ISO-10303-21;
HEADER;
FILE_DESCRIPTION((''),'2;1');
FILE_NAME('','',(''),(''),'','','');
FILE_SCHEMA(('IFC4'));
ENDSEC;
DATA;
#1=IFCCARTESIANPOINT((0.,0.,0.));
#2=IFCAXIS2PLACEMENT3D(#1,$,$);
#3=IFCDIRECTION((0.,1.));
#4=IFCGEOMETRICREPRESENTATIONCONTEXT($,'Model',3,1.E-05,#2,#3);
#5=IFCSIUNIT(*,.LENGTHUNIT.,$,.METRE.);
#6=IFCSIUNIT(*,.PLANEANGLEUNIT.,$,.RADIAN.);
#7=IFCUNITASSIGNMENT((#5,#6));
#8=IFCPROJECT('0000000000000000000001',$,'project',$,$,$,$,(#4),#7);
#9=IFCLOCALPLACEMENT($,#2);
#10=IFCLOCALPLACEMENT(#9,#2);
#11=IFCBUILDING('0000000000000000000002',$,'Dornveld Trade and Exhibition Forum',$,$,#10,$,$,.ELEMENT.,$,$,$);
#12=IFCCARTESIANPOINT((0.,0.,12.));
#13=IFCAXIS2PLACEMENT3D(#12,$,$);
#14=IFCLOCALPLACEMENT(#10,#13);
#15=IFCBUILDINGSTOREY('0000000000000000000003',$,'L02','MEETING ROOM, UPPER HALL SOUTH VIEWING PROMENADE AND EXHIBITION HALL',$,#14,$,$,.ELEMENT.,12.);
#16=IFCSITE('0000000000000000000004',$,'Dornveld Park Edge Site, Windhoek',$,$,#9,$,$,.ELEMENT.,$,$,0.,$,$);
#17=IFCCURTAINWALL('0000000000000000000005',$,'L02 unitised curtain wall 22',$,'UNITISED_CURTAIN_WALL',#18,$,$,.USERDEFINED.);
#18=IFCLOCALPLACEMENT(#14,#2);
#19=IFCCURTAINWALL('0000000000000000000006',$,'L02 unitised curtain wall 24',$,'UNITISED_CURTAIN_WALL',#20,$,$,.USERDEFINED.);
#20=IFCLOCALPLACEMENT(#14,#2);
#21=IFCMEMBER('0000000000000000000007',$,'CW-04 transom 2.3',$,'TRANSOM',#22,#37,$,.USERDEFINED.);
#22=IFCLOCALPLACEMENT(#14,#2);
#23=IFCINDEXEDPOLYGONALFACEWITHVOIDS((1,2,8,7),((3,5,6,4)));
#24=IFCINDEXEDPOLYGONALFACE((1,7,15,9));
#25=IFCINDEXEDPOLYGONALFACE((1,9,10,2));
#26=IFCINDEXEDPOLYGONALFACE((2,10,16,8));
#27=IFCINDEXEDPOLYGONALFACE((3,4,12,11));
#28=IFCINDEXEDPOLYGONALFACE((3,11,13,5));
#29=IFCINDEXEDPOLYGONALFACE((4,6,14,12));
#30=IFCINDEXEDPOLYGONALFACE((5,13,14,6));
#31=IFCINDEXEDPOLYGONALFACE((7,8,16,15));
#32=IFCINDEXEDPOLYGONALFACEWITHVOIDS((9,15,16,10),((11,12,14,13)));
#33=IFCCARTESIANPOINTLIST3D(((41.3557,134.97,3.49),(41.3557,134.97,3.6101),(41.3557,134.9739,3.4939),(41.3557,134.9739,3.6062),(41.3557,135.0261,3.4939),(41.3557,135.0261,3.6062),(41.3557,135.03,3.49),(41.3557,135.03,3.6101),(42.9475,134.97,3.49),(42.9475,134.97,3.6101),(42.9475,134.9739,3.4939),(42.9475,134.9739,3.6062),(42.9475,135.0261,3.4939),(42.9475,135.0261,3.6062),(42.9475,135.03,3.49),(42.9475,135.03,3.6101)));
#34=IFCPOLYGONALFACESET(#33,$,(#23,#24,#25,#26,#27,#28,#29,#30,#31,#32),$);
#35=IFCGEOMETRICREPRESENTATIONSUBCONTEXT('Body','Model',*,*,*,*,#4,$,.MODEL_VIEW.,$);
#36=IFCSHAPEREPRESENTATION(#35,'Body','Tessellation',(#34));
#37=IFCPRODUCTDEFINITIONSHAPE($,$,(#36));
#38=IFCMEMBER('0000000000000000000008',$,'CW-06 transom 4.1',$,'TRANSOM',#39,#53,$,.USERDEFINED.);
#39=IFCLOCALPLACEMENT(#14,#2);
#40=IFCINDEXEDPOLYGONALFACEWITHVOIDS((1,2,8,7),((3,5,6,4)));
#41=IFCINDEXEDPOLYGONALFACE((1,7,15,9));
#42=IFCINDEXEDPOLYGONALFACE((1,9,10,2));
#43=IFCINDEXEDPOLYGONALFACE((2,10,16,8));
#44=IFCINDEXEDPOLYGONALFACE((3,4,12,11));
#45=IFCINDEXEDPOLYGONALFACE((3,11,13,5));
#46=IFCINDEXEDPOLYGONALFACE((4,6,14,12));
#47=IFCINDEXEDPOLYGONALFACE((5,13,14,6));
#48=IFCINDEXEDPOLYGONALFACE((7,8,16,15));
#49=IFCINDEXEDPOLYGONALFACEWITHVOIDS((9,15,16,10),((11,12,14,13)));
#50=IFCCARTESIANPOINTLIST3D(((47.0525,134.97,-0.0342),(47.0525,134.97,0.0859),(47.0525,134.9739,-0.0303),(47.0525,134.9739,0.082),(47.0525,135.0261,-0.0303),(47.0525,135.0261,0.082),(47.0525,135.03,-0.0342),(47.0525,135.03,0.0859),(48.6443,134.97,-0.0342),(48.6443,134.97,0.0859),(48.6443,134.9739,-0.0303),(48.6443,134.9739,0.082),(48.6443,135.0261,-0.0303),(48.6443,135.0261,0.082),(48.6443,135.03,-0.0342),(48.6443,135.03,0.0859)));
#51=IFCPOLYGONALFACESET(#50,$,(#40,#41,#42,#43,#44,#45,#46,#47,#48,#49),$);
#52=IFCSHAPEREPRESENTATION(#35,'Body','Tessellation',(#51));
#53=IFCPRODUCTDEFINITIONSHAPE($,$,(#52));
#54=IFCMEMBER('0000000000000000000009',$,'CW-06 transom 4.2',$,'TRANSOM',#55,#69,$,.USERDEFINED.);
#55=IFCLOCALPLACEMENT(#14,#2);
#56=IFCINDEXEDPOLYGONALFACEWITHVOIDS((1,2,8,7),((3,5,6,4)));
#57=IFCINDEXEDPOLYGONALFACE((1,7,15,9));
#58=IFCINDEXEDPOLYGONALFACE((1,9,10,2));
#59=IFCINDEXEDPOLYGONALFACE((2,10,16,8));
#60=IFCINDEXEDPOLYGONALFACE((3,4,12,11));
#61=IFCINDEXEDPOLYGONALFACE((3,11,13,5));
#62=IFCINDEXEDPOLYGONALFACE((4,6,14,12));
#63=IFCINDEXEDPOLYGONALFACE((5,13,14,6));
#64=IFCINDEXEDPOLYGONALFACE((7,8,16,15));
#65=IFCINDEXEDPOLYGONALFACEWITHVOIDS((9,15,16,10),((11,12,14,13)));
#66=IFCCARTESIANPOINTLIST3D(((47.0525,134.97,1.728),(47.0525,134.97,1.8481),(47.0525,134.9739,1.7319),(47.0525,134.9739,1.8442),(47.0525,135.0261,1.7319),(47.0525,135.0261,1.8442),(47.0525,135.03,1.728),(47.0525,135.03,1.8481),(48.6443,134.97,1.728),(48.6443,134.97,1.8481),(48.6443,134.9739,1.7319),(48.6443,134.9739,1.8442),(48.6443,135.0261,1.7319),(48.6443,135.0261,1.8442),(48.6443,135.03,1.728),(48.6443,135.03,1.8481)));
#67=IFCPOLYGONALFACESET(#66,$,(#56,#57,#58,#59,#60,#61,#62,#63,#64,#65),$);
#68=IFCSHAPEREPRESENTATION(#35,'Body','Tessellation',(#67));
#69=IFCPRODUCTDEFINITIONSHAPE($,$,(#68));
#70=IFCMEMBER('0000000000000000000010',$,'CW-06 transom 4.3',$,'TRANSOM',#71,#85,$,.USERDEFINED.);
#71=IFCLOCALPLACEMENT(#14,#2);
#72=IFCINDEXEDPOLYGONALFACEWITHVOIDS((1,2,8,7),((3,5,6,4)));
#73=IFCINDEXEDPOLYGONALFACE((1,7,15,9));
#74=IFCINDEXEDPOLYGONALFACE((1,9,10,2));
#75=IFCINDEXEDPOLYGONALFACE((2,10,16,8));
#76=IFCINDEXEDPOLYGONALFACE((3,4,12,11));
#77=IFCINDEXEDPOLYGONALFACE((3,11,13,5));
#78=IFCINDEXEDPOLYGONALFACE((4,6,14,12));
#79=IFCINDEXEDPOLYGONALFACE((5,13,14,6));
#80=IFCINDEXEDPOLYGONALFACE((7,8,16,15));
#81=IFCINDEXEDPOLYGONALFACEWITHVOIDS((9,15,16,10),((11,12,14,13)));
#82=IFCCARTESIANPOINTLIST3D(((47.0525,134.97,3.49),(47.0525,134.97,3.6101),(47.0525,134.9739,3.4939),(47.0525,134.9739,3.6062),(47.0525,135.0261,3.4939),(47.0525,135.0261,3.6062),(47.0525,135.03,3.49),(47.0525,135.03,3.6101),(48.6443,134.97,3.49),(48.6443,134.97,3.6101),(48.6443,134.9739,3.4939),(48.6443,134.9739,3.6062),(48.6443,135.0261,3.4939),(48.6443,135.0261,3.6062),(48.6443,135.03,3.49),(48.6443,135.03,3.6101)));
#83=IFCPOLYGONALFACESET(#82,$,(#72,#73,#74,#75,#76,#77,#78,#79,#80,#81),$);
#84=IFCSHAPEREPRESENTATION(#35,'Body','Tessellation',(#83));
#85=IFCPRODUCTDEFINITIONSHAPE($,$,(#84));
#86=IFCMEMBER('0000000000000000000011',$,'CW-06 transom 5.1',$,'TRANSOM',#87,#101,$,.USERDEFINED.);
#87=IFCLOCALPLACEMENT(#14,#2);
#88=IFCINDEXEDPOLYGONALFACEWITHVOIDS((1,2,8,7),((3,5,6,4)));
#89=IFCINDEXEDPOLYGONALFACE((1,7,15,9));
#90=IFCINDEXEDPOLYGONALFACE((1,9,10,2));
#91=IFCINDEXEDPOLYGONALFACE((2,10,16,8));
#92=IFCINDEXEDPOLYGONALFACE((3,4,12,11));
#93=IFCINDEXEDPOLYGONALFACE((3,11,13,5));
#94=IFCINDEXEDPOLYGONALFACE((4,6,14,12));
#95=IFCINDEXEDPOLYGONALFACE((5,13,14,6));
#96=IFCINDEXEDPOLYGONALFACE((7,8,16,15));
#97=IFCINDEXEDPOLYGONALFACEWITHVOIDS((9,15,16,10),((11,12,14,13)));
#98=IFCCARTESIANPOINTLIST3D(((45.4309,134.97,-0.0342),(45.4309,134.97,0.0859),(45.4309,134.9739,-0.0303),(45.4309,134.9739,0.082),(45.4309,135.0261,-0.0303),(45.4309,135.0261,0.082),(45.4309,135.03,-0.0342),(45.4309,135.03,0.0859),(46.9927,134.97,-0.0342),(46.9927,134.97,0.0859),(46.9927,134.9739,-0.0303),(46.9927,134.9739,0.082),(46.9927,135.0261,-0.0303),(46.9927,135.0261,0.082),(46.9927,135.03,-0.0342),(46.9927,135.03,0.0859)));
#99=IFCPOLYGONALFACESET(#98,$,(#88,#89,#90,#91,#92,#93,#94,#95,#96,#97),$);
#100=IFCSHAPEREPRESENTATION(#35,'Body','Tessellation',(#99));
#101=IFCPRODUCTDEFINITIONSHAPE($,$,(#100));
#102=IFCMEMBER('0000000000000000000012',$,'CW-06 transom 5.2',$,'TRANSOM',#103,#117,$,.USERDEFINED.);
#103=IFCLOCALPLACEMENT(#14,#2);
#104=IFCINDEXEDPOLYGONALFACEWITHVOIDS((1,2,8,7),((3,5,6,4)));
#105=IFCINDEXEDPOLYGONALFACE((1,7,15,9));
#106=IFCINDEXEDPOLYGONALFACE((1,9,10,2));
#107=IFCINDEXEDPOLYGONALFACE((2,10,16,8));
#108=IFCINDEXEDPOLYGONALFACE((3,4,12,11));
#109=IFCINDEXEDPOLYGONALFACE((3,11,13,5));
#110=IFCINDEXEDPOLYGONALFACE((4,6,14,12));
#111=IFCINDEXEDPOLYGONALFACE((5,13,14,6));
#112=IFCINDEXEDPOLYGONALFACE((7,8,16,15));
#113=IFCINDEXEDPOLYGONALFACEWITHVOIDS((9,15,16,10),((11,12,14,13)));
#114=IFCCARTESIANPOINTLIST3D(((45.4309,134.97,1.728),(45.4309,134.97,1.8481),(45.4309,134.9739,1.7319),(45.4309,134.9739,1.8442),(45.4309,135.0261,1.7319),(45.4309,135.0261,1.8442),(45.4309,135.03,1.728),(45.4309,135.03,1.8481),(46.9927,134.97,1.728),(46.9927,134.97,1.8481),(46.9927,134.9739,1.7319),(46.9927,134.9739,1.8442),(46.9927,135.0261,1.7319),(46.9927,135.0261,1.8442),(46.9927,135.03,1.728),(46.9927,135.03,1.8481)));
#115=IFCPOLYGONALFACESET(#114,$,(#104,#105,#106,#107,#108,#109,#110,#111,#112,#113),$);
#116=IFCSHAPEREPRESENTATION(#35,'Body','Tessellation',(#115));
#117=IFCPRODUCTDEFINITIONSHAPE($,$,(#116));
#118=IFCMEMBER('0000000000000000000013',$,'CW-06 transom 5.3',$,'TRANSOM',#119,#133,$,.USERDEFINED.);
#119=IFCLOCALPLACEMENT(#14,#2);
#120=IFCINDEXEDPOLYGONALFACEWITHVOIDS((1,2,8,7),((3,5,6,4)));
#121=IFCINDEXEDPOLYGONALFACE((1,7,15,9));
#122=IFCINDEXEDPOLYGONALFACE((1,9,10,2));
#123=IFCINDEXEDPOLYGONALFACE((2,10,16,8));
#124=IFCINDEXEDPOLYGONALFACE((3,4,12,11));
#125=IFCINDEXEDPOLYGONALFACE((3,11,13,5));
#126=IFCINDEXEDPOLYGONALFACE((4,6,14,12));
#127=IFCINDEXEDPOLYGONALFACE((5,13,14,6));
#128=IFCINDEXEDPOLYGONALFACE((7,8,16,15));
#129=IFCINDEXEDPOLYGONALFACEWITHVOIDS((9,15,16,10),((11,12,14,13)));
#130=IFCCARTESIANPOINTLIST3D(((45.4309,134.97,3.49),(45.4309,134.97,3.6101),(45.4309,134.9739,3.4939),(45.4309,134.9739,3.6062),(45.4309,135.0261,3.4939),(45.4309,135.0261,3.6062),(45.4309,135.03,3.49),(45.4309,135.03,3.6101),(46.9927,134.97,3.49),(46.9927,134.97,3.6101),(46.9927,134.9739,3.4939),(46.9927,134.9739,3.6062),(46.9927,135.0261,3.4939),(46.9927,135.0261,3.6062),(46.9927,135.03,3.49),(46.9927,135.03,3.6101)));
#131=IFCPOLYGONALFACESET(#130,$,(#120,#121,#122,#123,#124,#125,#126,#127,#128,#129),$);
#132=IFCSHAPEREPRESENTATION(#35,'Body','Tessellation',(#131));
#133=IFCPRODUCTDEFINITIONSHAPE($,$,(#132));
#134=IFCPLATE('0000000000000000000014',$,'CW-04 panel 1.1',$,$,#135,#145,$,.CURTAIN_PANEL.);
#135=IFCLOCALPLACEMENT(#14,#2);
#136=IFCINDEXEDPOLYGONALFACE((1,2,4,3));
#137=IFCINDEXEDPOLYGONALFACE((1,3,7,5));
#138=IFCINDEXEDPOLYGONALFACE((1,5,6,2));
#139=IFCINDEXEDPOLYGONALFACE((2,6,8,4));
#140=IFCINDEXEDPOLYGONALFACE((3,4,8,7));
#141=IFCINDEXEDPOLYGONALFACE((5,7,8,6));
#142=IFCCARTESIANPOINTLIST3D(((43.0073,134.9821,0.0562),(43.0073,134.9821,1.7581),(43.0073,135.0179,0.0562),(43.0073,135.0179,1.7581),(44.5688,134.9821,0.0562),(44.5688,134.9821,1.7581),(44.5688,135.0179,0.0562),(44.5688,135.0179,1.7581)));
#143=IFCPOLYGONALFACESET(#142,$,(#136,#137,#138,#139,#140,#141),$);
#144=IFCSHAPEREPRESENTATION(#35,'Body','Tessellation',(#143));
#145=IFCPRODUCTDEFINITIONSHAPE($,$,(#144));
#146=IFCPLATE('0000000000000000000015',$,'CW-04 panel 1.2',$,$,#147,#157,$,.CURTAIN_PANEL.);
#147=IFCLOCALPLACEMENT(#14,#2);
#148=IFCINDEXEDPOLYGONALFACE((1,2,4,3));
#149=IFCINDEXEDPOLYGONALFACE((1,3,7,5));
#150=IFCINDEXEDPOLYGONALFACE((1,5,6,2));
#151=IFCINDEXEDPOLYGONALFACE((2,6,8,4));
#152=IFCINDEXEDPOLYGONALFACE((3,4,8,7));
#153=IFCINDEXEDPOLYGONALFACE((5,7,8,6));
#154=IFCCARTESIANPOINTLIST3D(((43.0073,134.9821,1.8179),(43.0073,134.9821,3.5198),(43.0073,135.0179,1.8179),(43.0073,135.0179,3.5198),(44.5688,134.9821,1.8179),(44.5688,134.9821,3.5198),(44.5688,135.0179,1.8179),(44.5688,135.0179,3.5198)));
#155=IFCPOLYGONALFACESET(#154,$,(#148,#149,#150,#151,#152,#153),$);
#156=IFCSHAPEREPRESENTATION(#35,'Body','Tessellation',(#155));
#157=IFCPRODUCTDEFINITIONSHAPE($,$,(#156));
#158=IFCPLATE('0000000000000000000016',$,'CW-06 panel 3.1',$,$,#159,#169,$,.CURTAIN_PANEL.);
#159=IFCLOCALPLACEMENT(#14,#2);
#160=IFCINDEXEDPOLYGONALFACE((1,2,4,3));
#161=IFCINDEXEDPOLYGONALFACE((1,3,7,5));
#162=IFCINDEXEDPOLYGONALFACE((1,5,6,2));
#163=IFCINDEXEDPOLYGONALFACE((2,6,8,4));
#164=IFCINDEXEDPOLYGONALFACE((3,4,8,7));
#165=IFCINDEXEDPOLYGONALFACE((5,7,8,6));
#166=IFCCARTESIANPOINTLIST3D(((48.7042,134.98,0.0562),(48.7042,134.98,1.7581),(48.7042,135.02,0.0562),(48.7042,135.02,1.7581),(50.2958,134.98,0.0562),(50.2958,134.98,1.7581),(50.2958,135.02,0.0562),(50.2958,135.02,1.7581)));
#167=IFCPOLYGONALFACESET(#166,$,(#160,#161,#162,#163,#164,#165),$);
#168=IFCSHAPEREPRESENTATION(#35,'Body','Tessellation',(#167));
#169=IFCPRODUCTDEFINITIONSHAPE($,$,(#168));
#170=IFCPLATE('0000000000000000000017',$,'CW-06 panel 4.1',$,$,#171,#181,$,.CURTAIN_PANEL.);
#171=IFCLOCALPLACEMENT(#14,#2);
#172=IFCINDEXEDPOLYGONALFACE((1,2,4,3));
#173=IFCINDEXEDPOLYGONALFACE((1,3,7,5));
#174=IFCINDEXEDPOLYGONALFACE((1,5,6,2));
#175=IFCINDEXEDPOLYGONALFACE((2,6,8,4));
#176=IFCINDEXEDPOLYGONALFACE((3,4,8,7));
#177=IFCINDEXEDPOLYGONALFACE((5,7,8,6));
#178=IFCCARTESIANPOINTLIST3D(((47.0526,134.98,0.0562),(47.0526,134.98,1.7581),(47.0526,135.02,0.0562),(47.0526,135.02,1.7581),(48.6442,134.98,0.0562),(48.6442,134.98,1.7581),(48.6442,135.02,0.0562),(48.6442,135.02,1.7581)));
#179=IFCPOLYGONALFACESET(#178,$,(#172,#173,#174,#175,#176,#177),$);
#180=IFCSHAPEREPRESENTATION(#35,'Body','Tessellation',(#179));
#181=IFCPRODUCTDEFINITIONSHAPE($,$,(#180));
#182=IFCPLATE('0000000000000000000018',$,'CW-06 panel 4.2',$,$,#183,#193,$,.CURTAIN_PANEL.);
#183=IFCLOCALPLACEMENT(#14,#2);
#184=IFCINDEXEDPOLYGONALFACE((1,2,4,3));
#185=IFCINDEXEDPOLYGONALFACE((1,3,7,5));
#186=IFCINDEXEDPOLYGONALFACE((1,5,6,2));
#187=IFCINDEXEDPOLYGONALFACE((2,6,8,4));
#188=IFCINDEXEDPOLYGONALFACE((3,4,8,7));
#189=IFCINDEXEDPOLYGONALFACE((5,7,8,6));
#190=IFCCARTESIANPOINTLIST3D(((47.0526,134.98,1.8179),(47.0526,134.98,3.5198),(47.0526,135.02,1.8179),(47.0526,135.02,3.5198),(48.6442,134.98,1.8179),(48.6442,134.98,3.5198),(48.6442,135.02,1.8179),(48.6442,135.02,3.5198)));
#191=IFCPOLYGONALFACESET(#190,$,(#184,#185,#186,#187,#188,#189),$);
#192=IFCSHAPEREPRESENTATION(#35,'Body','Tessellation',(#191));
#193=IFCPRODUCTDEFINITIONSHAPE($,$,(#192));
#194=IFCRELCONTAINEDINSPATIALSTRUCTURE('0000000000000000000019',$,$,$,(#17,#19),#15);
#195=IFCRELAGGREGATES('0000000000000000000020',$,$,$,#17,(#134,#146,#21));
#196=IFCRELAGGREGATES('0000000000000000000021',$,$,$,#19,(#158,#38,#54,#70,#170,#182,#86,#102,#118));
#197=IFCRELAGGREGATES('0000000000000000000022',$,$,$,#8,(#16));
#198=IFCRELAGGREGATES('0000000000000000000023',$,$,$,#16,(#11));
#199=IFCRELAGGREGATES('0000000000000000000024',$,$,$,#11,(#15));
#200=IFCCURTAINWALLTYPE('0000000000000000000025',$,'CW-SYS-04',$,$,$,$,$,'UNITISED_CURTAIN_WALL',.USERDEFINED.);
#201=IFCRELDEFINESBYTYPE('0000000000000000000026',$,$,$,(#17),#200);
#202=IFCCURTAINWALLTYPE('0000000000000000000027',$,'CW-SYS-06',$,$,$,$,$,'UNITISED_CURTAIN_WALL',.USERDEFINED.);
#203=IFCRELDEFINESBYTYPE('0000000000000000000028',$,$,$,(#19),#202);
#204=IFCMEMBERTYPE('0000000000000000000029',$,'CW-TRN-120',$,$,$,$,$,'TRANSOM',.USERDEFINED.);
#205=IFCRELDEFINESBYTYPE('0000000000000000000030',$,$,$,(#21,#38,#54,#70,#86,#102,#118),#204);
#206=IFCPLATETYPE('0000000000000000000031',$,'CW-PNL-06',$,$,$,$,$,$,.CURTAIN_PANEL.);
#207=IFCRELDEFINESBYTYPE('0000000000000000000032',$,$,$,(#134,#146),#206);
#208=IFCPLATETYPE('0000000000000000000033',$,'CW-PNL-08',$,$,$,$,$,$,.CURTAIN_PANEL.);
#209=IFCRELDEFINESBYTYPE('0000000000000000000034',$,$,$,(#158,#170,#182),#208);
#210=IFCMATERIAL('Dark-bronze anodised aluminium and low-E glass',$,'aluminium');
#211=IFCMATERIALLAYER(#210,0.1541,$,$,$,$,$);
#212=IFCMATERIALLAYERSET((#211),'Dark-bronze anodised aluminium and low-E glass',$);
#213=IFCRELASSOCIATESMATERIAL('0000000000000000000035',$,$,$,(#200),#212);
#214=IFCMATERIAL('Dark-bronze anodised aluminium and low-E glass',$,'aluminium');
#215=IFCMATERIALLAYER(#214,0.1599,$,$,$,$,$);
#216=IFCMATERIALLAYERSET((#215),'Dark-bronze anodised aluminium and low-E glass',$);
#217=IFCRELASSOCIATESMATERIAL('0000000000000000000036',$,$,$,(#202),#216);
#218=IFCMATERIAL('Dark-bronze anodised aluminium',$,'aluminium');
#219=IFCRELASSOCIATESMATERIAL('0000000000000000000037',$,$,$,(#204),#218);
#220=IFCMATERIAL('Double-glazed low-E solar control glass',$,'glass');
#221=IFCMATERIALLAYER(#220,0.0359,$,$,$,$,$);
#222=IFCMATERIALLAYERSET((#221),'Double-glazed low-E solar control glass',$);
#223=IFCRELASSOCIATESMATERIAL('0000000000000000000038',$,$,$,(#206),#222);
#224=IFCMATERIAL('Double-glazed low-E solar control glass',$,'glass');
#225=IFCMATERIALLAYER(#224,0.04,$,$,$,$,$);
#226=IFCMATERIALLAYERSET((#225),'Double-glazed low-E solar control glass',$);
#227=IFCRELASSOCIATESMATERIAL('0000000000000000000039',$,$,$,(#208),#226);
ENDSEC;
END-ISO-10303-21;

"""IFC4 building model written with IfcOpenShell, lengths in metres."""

from ifc_helpers import new_model, si_unit, direction, frame, origin, origin_2d, place, context, subcontext, project, spatial, rectangle, hollow_rectangle, extrude, material, layer, layer_set, material_profile, profile_set, type_object, element, aggregate, save


model = new_model("IFC4")

# Units and contexts
model_context = context("Model", 3, precision=1e-05, world=origin(), true_north=direction((0.0, 1.0)))
body_context = subcontext(model_context, "Body", "Model", "MODEL_VIEW")
ifc_project = project(units=[si_unit("LENGTHUNIT", "METRE"), si_unit("PLANEANGLEUNIT", "RADIAN")], contexts=[model_context])

# Site, building, storey
site_placement = place(None, origin())
site = spatial("IfcSite", under=ifc_project, at=site_placement, Name="Dornveld Park Edge Site, Windhoek", CompositionType="ELEMENT", RefElevation=0.0)
building_placement = place(site_placement, origin())
building = spatial("IfcBuilding", under=site, at=building_placement, Name="Dornveld Trade and Exhibition Forum", CompositionType="ELEMENT")
storey_placement = place(building_placement, frame((0.0, 0.0, 12.0)))
storey = spatial("IfcBuildingStorey", under=building, at=storey_placement, Name="L02", Description="MEETING ROOM, UPPER HALL SOUTH VIEWING PROMENADE AND EXHIBITION HALL", CompositionType="ELEMENT", Elevation=12.0)

# Curtain walls
ifc_material_1 = material(Name="Dark-bronze anodised aluminium and low-E glass", Category="aluminium")
ifc_layer_1 = layer(ifc_material_1, 0.1541)
ifc_layer_set_1 = layer_set([ifc_layer_1], Name="Dark-bronze anodised aluminium and low-E glass")
curtain_wall_type_1 = type_object("IfcCurtainWallType", Name="CW-SYS-04", ElementType="UNITISED_CURTAIN_WALL", PredefinedType="USERDEFINED", material=ifc_layer_set_1)
curtain_wall_1_placement = place(storey_placement, origin())
curtain_wall_1 = element("IfcCurtainWall", 1, at=curtain_wall_1_placement, inside=storey, type_object=curtain_wall_type_1, Name="L02 unitised curtain wall 22", ObjectType="UNITISED_CURTAIN_WALL", PredefinedType="USERDEFINED")
ifc_material_2 = material(Name="Dark-bronze anodised aluminium and low-E glass", Category="aluminium")
ifc_layer_2 = layer(ifc_material_2, 0.1599)
ifc_layer_set_2 = layer_set([ifc_layer_2], Name="Dark-bronze anodised aluminium and low-E glass")
curtain_wall_type_2 = type_object("IfcCurtainWallType", Name="CW-SYS-06", ElementType="UNITISED_CURTAIN_WALL", PredefinedType="USERDEFINED", material=ifc_layer_set_2)
curtain_wall_2_placement = place(storey_placement, origin())
curtain_wall_2 = element("IfcCurtainWall", 2, at=curtain_wall_2_placement, inside=storey, type_object=curtain_wall_type_2, Name="L02 unitised curtain wall 24", ObjectType="UNITISED_CURTAIN_WALL", PredefinedType="USERDEFINED")

# Members
ifc_material_3 = material(Name="Dark-bronze anodised aluminium", Category="aluminium")
ifc_material_profile_1 = material_profile(ifc_material_3, hollow_rectangle(XDim=0.0601, YDim=0.1201, WallThickness=0.0039, at=origin_2d()), Name="RHS 120x60x4")
ifc_profile_set_1 = profile_set([ifc_material_profile_1], Name="Dark-bronze anodised aluminium")
member_type_1 = type_object("IfcMemberType", Name="CW-TRN-120", ElementType="TRANSOM", PredefinedType="USERDEFINED", material=ifc_profile_set_1)
member_1_placement = place(storey_placement, frame((42.9475, 135.0, 3.55), z_axis=(-1.0, 0.0, 0.0), x_axis=(0.0, -1.0, 0.0)))
member_1 = element("IfcMember", 3, at=member_1_placement, type_object=member_type_1, Name="CW-04 transom 2.3", ObjectType="TRANSOM", PredefinedType="USERDEFINED", context=body_context, shape_type="SweptSolid", body=[
    extrude(hollow_rectangle(XDim=0.0601, YDim=0.1201, WallThickness=0.0039, at=origin_2d()), origin(), (0.0, 0.0, 1.0), 1.5918),
])
member_2_placement = place(storey_placement, frame((48.6443, 135.0, 0.0259), z_axis=(-1.0, 0.0, 0.0), x_axis=(0.0, -1.0, 0.0)))
member_2 = element("IfcMember", 4, at=member_2_placement, type_object=member_type_1, Name="CW-06 transom 4.1", ObjectType="TRANSOM", PredefinedType="USERDEFINED", context=body_context, shape_type="SweptSolid", body=[
    extrude(hollow_rectangle(XDim=0.0601, YDim=0.1201, WallThickness=0.0039, at=origin_2d()), origin(), (0.0, 0.0, 1.0), 1.5918),
])
member_3_placement = place(storey_placement, frame((48.6443, 135.0, 1.7881), z_axis=(-1.0, 0.0, 0.0), x_axis=(0.0, -1.0, 0.0)))
member_3 = element("IfcMember", 5, at=member_3_placement, type_object=member_type_1, Name="CW-06 transom 4.2", ObjectType="TRANSOM", PredefinedType="USERDEFINED", context=body_context, shape_type="SweptSolid", body=[
    extrude(hollow_rectangle(XDim=0.0601, YDim=0.1201, WallThickness=0.0039, at=origin_2d()), origin(), (0.0, 0.0, 1.0), 1.5918),
])
member_4_placement = place(storey_placement, frame((48.6443, 135.0, 3.55), z_axis=(-1.0, 0.0, 0.0), x_axis=(0.0, -1.0, 0.0)))
member_4 = element("IfcMember", 6, at=member_4_placement, type_object=member_type_1, Name="CW-06 transom 4.3", ObjectType="TRANSOM", PredefinedType="USERDEFINED", context=body_context, shape_type="SweptSolid", body=[
    extrude(hollow_rectangle(XDim=0.0601, YDim=0.1201, WallThickness=0.0039, at=origin_2d()), origin(), (0.0, 0.0, 1.0), 1.5918),
])
member_5_placement = place(storey_placement, frame((46.9927, 135.0, 0.0259), z_axis=(-1.0, 0.0, 0.0), x_axis=(0.0, -1.0, 0.0)))
member_5 = element("IfcMember", 7, at=member_5_placement, type_object=member_type_1, Name="CW-06 transom 5.1", ObjectType="TRANSOM", PredefinedType="USERDEFINED", context=body_context, shape_type="SweptSolid", body=[
    extrude(hollow_rectangle(XDim=0.0601, YDim=0.1201, WallThickness=0.0039, at=origin_2d()), origin(), (0.0, 0.0, 1.0), 1.5618),
])
member_6_placement = place(storey_placement, frame((46.9927, 135.0, 1.7881), z_axis=(-1.0, 0.0, 0.0), x_axis=(0.0, -1.0, 0.0)))
member_6 = element("IfcMember", 8, at=member_6_placement, type_object=member_type_1, Name="CW-06 transom 5.2", ObjectType="TRANSOM", PredefinedType="USERDEFINED", context=body_context, shape_type="SweptSolid", body=[
    extrude(hollow_rectangle(XDim=0.0601, YDim=0.1201, WallThickness=0.0039, at=origin_2d()), origin(), (0.0, 0.0, 1.0), 1.5618),
])
member_7_placement = place(storey_placement, frame((46.9927, 135.0, 3.55), z_axis=(-1.0, 0.0, 0.0), x_axis=(0.0, -1.0, 0.0)))
member_7 = element("IfcMember", 9, at=member_7_placement, type_object=member_type_1, Name="CW-06 transom 5.3", ObjectType="TRANSOM", PredefinedType="USERDEFINED", context=body_context, shape_type="SweptSolid", body=[
    extrude(hollow_rectangle(XDim=0.0601, YDim=0.1201, WallThickness=0.0039, at=origin_2d()), origin(), (0.0, 0.0, 1.0), 1.5618),
])

# Plates
ifc_material_4 = material(Name="Double-glazed low-E solar control glass", Category="glass")
ifc_layer_3 = layer(ifc_material_4, 0.0359)
ifc_layer_set_3 = layer_set([ifc_layer_3], Name="Double-glazed low-E solar control glass")
plate_type_1 = type_object("IfcPlateType", Name="CW-PNL-06", PredefinedType="CURTAIN_PANEL", material=ifc_layer_set_3)
plate_1_placement = place(storey_placement, frame((43.7881, 135.0, 0.0562), z_axis=(0.0, 0.0, 1.0), x_axis=(-1.0, 0.0, 0.0)))
plate_1 = element("IfcPlate", 10, at=plate_1_placement, type_object=plate_type_1, Name="CW-04 panel 1.1", PredefinedType="CURTAIN_PANEL", context=body_context, shape_type="SweptSolid", body=[
    extrude(rectangle(XDim=1.5615, YDim=0.0359, at=origin_2d()), origin(), (0.0, 0.0, 1.0), 1.7019),
])
plate_2_placement = place(storey_placement, frame((43.7881, 135.0, 1.8179), z_axis=(0.0, 0.0, 1.0), x_axis=(-1.0, 0.0, 0.0)))
plate_2 = element("IfcPlate", 11, at=plate_2_placement, type_object=plate_type_1, Name="CW-04 panel 1.2", PredefinedType="CURTAIN_PANEL", context=body_context, shape_type="SweptSolid", body=[
    extrude(rectangle(XDim=1.5615, YDim=0.0359, at=origin_2d()), origin(), (0.0, 0.0, 1.0), 1.7019),
])
aggregate(curtain_wall_1, [plate_1, plate_2, member_1])
ifc_material_5 = material(Name="Double-glazed low-E solar control glass", Category="glass")
ifc_layer_4 = layer(ifc_material_5, 0.04)
ifc_layer_set_4 = layer_set([ifc_layer_4], Name="Double-glazed low-E solar control glass")
plate_type_2 = type_object("IfcPlateType", Name="CW-PNL-08", PredefinedType="CURTAIN_PANEL", material=ifc_layer_set_4)
plate_3_placement = place(storey_placement, frame((49.5, 135.0, 0.0562), z_axis=(0.0, 0.0, 1.0), x_axis=(-1.0, 0.0, 0.0)))
plate_3 = element("IfcPlate", 12, at=plate_3_placement, type_object=plate_type_2, Name="CW-06 panel 3.1", PredefinedType="CURTAIN_PANEL", context=body_context, shape_type="SweptSolid", body=[
    extrude(rectangle(XDim=1.5916, YDim=0.04, at=origin_2d()), origin(), (0.0, 0.0, 1.0), 1.7019),
])
plate_4_placement = place(storey_placement, frame((47.8484, 135.0, 0.0562), z_axis=(0.0, 0.0, 1.0), x_axis=(-1.0, 0.0, 0.0)))
plate_4 = element("IfcPlate", 13, at=plate_4_placement, type_object=plate_type_2, Name="CW-06 panel 4.1", PredefinedType="CURTAIN_PANEL", context=body_context, shape_type="SweptSolid", body=[
    extrude(rectangle(XDim=1.5916, YDim=0.04, at=origin_2d()), origin(), (0.0, 0.0, 1.0), 1.7019),
])
plate_5_placement = place(storey_placement, frame((47.8484, 135.0, 1.8179), z_axis=(0.0, 0.0, 1.0), x_axis=(-1.0, 0.0, 0.0)))
plate_5 = element("IfcPlate", 14, at=plate_5_placement, type_object=plate_type_2, Name="CW-06 panel 4.2", PredefinedType="CURTAIN_PANEL", context=body_context, shape_type="SweptSolid", body=[
    extrude(rectangle(XDim=1.5916, YDim=0.04, at=origin_2d()), origin(), (0.0, 0.0, 1.0), 1.7019),
])
aggregate(curtain_wall_2, [plate_3, member_2, member_3, member_4, plate_4, plate_5, member_5, member_6, member_7])

save(model, "model.ifc")
